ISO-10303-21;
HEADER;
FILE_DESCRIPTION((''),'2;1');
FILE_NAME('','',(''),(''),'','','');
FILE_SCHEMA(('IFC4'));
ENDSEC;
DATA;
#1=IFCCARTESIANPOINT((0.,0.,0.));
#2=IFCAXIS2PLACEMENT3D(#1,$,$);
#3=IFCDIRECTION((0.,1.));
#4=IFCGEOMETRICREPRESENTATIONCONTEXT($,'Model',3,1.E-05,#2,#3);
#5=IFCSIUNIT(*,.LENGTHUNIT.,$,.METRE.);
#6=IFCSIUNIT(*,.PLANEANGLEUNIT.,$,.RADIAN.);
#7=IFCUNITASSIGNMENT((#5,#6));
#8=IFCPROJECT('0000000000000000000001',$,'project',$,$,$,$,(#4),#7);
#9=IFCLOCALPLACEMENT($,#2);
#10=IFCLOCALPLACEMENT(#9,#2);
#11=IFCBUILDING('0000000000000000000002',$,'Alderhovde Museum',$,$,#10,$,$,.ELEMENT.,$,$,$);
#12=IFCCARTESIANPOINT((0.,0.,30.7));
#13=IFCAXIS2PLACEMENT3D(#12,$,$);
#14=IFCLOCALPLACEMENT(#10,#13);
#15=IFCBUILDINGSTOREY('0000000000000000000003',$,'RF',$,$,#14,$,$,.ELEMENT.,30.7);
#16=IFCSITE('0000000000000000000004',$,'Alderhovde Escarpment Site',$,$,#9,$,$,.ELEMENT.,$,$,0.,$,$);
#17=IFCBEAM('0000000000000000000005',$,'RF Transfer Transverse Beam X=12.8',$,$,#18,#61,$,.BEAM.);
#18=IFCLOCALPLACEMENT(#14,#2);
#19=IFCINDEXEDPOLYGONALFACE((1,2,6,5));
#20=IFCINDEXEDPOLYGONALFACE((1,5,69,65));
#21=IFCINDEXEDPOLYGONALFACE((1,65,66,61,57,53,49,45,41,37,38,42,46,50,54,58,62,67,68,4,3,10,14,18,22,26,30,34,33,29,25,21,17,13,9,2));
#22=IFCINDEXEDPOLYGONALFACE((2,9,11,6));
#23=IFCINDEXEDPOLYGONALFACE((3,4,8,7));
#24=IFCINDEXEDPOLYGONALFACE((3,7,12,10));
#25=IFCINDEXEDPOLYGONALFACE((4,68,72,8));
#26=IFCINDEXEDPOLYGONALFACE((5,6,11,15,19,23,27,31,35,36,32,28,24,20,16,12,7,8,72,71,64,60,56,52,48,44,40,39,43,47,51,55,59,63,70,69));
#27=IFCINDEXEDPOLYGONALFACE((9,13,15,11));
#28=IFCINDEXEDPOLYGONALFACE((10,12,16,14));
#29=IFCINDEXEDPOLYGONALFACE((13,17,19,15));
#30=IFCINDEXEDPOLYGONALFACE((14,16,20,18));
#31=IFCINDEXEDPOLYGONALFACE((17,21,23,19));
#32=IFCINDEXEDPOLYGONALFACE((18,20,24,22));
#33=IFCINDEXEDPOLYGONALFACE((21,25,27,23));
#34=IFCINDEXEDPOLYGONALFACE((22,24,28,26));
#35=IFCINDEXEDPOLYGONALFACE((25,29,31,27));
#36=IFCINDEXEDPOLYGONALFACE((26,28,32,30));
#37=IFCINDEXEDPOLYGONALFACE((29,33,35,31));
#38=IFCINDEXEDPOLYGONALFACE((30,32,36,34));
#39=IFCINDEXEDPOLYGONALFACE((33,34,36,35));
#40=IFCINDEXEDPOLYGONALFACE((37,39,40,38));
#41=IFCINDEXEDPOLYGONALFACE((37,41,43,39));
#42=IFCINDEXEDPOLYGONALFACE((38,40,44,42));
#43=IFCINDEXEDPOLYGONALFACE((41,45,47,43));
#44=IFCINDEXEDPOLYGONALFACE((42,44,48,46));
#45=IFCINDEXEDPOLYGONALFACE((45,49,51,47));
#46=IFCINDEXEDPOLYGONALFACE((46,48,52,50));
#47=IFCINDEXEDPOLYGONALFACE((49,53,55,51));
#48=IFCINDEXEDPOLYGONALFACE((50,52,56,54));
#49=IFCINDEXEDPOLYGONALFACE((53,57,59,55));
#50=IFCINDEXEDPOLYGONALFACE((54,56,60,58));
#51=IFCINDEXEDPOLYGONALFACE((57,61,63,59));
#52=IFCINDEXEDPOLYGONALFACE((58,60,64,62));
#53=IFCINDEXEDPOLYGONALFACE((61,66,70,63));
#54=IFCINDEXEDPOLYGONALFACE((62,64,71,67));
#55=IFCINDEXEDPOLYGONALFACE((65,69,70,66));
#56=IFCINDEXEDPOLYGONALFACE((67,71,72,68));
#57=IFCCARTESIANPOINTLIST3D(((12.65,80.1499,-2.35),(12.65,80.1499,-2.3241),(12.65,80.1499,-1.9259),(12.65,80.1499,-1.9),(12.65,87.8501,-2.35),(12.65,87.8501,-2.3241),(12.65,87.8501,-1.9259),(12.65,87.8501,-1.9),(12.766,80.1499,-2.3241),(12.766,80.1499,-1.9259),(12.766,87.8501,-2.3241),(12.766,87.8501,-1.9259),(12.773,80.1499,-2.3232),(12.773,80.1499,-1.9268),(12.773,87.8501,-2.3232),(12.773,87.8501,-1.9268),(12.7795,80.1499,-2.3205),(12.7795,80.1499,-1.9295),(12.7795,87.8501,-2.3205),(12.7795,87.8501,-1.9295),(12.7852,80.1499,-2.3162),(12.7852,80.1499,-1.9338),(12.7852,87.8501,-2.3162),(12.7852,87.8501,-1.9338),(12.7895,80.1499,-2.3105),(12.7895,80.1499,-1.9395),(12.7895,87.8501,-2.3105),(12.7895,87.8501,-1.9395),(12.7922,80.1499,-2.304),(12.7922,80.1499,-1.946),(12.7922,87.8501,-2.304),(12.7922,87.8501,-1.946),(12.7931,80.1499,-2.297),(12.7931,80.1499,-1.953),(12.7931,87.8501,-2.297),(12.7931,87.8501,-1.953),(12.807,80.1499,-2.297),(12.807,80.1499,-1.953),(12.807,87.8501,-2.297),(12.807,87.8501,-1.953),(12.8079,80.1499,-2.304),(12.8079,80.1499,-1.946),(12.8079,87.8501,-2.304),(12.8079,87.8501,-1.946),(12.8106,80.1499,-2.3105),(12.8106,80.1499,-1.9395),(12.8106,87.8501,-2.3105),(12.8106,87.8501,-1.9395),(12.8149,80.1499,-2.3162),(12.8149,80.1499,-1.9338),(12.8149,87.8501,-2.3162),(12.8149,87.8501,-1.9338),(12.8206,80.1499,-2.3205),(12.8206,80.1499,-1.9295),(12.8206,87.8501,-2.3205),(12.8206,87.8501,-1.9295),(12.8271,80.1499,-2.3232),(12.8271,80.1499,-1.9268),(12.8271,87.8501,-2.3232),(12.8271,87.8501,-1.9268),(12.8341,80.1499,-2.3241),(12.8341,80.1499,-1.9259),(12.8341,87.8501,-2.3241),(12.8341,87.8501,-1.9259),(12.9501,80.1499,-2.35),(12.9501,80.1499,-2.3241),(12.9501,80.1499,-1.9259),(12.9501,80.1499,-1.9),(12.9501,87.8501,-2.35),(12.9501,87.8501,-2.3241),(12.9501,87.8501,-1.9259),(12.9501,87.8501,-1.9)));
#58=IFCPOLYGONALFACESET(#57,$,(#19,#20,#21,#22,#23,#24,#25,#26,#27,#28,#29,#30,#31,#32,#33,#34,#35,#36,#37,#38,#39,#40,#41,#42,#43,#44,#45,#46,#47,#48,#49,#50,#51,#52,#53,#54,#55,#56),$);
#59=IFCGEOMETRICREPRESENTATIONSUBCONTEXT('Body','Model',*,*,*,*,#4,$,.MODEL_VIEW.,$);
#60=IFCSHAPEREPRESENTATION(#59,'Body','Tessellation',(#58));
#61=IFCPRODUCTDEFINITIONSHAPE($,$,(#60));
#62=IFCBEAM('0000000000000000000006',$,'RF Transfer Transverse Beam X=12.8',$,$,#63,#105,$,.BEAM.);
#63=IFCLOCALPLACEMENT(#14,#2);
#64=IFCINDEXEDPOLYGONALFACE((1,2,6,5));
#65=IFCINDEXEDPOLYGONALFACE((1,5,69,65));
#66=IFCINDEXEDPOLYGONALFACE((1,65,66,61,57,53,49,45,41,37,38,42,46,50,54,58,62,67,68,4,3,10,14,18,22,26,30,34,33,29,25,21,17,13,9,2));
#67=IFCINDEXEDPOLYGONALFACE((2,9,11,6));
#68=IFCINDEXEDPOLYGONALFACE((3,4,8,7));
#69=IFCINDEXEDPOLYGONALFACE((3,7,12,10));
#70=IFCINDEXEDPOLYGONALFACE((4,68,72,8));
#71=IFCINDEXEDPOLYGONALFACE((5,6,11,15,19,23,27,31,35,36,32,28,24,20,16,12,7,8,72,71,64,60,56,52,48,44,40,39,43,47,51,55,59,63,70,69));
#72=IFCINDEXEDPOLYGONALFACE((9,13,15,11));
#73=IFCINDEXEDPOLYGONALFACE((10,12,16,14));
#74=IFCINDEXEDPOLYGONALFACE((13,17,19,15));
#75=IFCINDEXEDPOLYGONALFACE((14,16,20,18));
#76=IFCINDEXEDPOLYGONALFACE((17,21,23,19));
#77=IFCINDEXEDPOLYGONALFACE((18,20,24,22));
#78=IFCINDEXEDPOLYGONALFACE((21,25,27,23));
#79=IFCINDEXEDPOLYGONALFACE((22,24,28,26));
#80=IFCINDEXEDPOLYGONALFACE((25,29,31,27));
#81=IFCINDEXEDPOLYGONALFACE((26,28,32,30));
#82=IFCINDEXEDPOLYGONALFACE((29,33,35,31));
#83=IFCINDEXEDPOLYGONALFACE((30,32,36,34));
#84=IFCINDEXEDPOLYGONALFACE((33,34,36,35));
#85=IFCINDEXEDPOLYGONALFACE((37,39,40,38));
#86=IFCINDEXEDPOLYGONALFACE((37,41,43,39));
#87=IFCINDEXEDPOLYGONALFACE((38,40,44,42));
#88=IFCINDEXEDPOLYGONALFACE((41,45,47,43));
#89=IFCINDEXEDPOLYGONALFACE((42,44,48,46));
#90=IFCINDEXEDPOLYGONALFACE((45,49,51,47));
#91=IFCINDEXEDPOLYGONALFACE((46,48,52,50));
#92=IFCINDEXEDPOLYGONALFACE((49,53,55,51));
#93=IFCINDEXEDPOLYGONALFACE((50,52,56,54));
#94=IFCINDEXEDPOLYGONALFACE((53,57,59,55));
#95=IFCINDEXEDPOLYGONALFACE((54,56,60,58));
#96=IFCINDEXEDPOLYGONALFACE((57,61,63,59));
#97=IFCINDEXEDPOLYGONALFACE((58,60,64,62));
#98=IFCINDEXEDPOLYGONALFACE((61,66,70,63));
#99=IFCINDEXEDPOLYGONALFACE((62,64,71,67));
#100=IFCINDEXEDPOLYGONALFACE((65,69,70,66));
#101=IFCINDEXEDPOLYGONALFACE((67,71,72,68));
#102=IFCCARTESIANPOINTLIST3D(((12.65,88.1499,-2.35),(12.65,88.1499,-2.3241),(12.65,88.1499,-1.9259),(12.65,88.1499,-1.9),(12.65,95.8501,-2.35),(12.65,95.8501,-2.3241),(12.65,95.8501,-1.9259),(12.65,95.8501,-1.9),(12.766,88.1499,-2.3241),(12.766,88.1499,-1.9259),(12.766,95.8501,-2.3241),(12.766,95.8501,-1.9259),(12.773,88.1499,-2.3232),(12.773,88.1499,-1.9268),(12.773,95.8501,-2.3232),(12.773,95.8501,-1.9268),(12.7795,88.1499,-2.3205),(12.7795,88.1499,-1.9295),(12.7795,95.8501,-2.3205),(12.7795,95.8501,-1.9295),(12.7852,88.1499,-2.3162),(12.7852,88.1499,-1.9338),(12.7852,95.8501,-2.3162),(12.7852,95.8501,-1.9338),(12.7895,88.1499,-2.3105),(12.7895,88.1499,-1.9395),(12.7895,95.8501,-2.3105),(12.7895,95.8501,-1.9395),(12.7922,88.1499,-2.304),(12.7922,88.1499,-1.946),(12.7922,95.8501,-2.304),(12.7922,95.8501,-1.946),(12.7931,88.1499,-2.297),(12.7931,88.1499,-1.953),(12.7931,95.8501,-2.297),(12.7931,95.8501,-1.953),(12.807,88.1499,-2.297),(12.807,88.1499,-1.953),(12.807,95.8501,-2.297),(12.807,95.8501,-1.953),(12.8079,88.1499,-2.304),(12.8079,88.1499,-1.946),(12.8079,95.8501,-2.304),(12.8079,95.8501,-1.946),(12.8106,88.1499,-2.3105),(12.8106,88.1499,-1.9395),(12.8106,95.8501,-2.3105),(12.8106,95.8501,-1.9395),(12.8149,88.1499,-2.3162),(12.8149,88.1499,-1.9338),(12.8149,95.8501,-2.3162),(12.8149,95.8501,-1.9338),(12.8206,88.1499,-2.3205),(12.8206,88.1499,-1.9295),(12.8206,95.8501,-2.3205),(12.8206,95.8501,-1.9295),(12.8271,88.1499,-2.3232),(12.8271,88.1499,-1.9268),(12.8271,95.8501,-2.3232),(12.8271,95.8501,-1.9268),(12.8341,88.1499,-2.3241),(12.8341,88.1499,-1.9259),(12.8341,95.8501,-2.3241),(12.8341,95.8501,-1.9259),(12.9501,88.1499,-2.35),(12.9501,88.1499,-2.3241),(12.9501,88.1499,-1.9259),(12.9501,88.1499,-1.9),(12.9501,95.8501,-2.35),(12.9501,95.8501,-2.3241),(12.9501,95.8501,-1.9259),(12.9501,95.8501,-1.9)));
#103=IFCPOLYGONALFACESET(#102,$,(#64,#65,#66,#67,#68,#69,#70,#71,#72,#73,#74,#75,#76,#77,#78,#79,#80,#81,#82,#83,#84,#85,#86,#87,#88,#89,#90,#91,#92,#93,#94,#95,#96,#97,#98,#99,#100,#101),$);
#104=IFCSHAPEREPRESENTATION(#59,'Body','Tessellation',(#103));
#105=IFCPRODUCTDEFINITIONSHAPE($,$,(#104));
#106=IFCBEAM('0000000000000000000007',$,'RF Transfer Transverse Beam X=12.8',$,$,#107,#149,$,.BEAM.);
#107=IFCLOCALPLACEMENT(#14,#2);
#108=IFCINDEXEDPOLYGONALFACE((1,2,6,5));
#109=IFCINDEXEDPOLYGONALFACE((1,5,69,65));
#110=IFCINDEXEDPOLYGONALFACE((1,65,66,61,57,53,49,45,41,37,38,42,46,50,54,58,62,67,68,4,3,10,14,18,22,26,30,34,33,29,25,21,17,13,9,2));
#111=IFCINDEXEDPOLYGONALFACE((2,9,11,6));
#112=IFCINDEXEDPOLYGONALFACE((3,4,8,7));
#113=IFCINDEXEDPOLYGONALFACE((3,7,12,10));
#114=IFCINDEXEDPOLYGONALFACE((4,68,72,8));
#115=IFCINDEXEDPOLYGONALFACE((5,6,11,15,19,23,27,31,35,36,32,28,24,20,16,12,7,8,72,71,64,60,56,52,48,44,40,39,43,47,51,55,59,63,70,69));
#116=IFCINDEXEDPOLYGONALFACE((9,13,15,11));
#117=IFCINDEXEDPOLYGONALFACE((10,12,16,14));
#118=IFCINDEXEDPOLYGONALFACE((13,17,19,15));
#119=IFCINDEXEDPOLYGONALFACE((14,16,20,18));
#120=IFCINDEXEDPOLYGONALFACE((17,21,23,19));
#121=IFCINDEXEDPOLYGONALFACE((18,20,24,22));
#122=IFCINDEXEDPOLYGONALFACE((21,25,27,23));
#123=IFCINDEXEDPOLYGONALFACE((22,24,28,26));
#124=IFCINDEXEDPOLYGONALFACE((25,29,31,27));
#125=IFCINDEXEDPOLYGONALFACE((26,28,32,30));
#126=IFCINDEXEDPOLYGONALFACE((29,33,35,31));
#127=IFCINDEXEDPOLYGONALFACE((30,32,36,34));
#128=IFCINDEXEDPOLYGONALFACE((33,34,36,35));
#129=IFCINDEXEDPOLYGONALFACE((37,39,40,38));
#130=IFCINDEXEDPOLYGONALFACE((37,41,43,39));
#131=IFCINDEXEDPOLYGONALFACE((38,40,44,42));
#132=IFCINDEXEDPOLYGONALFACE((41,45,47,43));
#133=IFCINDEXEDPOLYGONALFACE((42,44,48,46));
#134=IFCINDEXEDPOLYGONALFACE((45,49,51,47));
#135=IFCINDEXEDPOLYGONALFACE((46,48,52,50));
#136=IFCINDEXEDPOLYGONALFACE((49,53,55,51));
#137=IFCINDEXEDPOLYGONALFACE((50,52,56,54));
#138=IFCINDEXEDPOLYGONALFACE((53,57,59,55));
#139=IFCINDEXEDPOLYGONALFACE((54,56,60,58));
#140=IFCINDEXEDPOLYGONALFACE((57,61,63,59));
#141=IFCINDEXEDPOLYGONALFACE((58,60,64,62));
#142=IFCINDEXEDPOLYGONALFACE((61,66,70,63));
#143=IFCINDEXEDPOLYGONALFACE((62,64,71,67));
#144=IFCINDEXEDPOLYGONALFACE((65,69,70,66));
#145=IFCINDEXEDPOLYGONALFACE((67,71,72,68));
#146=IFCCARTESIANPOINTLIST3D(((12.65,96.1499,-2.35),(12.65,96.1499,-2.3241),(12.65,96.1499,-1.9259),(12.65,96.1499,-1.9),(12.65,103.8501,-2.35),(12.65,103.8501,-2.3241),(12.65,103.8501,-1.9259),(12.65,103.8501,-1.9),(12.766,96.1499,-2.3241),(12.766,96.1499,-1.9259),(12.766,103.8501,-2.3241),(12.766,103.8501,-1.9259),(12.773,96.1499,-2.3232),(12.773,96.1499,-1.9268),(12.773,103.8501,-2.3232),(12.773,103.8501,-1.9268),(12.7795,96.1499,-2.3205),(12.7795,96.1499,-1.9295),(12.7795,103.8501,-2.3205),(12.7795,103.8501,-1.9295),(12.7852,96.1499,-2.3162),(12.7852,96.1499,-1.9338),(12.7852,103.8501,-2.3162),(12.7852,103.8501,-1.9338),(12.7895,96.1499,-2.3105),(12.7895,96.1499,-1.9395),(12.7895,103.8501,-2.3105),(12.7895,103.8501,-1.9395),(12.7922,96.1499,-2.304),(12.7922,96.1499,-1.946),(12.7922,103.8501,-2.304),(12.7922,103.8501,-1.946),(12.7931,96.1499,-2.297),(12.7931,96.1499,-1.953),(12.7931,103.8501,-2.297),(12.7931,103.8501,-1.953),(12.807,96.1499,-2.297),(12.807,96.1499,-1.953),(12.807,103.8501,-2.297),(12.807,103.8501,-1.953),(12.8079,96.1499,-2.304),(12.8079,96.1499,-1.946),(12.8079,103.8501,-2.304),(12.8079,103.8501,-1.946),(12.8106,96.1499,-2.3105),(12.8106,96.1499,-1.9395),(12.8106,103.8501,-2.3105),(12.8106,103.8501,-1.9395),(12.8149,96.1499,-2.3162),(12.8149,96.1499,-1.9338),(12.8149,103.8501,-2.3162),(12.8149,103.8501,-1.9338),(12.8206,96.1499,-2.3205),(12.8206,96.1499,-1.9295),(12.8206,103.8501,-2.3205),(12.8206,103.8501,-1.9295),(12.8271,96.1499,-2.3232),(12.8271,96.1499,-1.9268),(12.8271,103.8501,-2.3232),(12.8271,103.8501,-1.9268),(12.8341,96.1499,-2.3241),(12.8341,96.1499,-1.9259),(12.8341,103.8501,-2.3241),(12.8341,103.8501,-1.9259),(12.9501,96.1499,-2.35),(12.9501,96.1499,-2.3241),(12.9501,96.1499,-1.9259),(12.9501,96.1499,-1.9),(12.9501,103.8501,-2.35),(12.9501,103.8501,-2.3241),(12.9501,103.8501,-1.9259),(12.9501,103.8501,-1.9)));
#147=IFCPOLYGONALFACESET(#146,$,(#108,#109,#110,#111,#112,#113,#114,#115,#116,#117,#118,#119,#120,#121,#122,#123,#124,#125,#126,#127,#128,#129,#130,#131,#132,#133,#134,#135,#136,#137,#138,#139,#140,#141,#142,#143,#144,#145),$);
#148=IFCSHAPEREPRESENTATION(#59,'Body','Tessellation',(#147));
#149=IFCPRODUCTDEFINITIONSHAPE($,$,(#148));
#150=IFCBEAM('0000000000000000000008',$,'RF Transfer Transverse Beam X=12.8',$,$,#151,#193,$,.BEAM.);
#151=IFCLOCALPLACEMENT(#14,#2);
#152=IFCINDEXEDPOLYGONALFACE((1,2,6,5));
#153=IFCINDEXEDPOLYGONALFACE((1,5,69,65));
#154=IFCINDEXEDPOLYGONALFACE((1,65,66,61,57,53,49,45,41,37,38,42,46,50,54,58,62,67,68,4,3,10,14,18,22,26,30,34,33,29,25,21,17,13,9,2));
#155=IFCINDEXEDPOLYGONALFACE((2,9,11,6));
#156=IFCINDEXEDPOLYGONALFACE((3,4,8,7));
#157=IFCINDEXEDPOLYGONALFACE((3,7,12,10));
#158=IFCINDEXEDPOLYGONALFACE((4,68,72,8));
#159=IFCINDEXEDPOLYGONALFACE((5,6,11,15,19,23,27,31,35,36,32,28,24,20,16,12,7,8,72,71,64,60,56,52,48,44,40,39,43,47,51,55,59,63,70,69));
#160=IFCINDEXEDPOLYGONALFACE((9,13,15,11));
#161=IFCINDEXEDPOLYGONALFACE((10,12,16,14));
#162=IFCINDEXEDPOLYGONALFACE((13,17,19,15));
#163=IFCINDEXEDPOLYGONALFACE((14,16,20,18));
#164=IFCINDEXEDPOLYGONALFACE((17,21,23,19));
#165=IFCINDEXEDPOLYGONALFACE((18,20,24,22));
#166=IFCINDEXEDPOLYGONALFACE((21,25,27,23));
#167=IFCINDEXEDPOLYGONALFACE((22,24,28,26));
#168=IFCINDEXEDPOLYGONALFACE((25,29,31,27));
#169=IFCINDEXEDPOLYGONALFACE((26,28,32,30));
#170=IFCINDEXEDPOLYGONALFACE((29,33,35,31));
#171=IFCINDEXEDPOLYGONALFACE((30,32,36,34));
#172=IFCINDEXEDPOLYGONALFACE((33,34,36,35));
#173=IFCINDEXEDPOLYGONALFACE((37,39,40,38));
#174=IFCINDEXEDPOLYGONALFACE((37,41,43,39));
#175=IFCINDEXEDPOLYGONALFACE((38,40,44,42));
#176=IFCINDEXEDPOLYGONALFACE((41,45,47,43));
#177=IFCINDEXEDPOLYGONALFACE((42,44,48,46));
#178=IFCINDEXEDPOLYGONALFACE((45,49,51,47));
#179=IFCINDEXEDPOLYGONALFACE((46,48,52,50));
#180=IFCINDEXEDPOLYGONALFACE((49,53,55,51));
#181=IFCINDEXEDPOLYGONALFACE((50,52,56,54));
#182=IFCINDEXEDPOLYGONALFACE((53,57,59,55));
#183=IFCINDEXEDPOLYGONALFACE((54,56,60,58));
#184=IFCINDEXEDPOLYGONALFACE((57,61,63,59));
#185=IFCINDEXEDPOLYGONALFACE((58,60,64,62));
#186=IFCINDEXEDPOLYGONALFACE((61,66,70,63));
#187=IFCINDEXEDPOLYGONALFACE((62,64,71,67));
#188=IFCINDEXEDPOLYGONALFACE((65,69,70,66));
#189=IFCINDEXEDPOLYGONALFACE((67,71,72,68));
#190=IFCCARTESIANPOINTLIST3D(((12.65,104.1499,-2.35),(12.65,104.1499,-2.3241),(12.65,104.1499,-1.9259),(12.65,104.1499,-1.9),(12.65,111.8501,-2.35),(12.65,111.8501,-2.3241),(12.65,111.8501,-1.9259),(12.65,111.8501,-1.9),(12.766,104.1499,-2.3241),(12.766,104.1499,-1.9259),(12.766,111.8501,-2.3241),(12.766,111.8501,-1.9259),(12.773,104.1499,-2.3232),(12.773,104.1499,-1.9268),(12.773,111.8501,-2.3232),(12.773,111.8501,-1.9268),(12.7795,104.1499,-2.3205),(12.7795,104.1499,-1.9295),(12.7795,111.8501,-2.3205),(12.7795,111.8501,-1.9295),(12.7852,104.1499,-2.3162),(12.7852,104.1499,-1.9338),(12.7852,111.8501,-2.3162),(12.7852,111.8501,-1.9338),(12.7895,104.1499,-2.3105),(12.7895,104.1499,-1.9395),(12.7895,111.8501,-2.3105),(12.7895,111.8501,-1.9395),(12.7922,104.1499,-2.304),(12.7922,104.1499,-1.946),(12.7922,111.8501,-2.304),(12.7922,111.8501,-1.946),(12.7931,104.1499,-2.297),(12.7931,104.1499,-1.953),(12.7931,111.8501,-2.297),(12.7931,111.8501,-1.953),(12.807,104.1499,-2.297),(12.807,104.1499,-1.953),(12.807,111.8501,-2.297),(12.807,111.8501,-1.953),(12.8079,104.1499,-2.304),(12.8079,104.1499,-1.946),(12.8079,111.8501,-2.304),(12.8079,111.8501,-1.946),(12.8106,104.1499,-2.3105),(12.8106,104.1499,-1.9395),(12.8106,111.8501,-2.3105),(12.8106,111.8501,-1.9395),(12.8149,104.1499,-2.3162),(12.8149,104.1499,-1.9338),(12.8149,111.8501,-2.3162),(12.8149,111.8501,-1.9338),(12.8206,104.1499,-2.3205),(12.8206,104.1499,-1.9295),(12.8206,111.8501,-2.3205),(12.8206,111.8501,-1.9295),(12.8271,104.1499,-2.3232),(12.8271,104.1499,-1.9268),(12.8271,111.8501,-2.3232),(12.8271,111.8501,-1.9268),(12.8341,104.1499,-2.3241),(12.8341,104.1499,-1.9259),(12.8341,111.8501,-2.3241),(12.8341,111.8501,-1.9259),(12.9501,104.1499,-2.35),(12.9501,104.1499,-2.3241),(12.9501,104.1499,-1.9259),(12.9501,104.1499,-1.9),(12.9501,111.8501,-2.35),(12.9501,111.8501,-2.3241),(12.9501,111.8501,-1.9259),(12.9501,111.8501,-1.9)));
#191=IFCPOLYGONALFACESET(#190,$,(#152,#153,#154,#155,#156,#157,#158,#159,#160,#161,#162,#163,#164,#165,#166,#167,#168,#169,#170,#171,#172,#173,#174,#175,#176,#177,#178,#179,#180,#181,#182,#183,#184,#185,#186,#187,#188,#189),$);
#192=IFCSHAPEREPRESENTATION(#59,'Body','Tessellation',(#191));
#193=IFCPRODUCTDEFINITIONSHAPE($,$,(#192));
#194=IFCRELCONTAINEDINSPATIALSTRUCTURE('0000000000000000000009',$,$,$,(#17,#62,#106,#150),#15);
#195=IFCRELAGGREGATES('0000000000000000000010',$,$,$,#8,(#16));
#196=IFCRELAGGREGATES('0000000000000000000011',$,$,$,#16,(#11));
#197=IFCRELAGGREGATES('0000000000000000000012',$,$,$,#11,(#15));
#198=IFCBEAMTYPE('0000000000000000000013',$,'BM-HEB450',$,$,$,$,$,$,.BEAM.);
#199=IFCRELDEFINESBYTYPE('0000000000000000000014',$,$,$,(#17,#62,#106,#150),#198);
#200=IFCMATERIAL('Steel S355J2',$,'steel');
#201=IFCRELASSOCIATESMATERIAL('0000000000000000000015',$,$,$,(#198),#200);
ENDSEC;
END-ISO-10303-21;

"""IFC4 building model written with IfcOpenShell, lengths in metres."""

from ifc_helpers import new_model, si_unit, direction, frame, origin, origin_2d, place, context, subcontext, project, spatial, i_section, extrude, material, material_profile, profile_set, type_object, element, save


model = new_model("IFC4")

# Units and contexts
model_context = context("Model", 3, precision=1e-05, world=origin(), true_north=direction((0.0, 1.0)))
body_context = subcontext(model_context, "Body", "Model", "MODEL_VIEW")
ifc_project = project(units=[si_unit("LENGTHUNIT", "METRE"), si_unit("PLANEANGLEUNIT", "RADIAN")], contexts=[model_context])

# Site, building, storey
site_placement = place(None, origin())
site = spatial("IfcSite", under=ifc_project, at=site_placement, Name="Alderhovde Escarpment Site", CompositionType="ELEMENT", RefElevation=0.0)
building_placement = place(site_placement, origin())
building = spatial("IfcBuilding", under=site, at=building_placement, Name="Alderhovde Museum", CompositionType="ELEMENT")
storey_placement = place(building_placement, frame((0.0, 0.0, 30.7)))
storey = spatial("IfcBuildingStorey", under=building, at=storey_placement, Name="RF", CompositionType="ELEMENT", Elevation=30.7)

# Beams
ifc_material_1 = material(Name="Steel S355J2", Category="steel")
ifc_material_profile = material_profile(ifc_material_1, i_section(OverallWidth=0.3, OverallDepth=0.45, WebThickness=0.0139, FlangeThickness=0.0259, FilletRadius=0.0271, at=origin_2d()), Name="HEB 450")
ifc_profile_set = profile_set([ifc_material_profile], Name="Steel S355J2")
beam_type = type_object("IfcBeamType", Name="BM-HEB450", PredefinedType="BEAM", material=ifc_profile_set)
for number, where, z_axis, x_axis, name in (
    (1, (12.8, 80.1499, -2.125), (0.0, 1.0, 0.0), (-1.0, 0.0, 0.0), "RF Transfer Transverse Beam X=12.8"),
    (2, (12.8, 88.1499, -2.125), (0.0, 1.0, 0.0), (-1.0, 0.0, 0.0), "RF Transfer Transverse Beam X=12.8"),
    (3, (12.8, 96.1499, -2.125), (0.0, 1.0, 0.0), (-1.0, 0.0, 0.0), "RF Transfer Transverse Beam X=12.8"),
    (4, (12.8, 104.1499, -2.125), (0.0, 1.0, 0.0), (-1.0, 0.0, 0.0), "RF Transfer Transverse Beam X=12.8"),
):
    element("IfcBeam", number, at=place(storey_placement, frame(where, z_axis=z_axis, x_axis=x_axis)), inside=storey, type_object=beam_type, Name=name, PredefinedType="BEAM", context=body_context, shape_type="SweptSolid", body=[
        extrude(i_section(OverallWidth=0.3, OverallDepth=0.45, WebThickness=0.0139, FlangeThickness=0.0259, FilletRadius=0.0271, at=origin_2d()), origin(), (0.0, 0.0, 1.0), 7.7002),
    ])

save(model, "model.ifc")
